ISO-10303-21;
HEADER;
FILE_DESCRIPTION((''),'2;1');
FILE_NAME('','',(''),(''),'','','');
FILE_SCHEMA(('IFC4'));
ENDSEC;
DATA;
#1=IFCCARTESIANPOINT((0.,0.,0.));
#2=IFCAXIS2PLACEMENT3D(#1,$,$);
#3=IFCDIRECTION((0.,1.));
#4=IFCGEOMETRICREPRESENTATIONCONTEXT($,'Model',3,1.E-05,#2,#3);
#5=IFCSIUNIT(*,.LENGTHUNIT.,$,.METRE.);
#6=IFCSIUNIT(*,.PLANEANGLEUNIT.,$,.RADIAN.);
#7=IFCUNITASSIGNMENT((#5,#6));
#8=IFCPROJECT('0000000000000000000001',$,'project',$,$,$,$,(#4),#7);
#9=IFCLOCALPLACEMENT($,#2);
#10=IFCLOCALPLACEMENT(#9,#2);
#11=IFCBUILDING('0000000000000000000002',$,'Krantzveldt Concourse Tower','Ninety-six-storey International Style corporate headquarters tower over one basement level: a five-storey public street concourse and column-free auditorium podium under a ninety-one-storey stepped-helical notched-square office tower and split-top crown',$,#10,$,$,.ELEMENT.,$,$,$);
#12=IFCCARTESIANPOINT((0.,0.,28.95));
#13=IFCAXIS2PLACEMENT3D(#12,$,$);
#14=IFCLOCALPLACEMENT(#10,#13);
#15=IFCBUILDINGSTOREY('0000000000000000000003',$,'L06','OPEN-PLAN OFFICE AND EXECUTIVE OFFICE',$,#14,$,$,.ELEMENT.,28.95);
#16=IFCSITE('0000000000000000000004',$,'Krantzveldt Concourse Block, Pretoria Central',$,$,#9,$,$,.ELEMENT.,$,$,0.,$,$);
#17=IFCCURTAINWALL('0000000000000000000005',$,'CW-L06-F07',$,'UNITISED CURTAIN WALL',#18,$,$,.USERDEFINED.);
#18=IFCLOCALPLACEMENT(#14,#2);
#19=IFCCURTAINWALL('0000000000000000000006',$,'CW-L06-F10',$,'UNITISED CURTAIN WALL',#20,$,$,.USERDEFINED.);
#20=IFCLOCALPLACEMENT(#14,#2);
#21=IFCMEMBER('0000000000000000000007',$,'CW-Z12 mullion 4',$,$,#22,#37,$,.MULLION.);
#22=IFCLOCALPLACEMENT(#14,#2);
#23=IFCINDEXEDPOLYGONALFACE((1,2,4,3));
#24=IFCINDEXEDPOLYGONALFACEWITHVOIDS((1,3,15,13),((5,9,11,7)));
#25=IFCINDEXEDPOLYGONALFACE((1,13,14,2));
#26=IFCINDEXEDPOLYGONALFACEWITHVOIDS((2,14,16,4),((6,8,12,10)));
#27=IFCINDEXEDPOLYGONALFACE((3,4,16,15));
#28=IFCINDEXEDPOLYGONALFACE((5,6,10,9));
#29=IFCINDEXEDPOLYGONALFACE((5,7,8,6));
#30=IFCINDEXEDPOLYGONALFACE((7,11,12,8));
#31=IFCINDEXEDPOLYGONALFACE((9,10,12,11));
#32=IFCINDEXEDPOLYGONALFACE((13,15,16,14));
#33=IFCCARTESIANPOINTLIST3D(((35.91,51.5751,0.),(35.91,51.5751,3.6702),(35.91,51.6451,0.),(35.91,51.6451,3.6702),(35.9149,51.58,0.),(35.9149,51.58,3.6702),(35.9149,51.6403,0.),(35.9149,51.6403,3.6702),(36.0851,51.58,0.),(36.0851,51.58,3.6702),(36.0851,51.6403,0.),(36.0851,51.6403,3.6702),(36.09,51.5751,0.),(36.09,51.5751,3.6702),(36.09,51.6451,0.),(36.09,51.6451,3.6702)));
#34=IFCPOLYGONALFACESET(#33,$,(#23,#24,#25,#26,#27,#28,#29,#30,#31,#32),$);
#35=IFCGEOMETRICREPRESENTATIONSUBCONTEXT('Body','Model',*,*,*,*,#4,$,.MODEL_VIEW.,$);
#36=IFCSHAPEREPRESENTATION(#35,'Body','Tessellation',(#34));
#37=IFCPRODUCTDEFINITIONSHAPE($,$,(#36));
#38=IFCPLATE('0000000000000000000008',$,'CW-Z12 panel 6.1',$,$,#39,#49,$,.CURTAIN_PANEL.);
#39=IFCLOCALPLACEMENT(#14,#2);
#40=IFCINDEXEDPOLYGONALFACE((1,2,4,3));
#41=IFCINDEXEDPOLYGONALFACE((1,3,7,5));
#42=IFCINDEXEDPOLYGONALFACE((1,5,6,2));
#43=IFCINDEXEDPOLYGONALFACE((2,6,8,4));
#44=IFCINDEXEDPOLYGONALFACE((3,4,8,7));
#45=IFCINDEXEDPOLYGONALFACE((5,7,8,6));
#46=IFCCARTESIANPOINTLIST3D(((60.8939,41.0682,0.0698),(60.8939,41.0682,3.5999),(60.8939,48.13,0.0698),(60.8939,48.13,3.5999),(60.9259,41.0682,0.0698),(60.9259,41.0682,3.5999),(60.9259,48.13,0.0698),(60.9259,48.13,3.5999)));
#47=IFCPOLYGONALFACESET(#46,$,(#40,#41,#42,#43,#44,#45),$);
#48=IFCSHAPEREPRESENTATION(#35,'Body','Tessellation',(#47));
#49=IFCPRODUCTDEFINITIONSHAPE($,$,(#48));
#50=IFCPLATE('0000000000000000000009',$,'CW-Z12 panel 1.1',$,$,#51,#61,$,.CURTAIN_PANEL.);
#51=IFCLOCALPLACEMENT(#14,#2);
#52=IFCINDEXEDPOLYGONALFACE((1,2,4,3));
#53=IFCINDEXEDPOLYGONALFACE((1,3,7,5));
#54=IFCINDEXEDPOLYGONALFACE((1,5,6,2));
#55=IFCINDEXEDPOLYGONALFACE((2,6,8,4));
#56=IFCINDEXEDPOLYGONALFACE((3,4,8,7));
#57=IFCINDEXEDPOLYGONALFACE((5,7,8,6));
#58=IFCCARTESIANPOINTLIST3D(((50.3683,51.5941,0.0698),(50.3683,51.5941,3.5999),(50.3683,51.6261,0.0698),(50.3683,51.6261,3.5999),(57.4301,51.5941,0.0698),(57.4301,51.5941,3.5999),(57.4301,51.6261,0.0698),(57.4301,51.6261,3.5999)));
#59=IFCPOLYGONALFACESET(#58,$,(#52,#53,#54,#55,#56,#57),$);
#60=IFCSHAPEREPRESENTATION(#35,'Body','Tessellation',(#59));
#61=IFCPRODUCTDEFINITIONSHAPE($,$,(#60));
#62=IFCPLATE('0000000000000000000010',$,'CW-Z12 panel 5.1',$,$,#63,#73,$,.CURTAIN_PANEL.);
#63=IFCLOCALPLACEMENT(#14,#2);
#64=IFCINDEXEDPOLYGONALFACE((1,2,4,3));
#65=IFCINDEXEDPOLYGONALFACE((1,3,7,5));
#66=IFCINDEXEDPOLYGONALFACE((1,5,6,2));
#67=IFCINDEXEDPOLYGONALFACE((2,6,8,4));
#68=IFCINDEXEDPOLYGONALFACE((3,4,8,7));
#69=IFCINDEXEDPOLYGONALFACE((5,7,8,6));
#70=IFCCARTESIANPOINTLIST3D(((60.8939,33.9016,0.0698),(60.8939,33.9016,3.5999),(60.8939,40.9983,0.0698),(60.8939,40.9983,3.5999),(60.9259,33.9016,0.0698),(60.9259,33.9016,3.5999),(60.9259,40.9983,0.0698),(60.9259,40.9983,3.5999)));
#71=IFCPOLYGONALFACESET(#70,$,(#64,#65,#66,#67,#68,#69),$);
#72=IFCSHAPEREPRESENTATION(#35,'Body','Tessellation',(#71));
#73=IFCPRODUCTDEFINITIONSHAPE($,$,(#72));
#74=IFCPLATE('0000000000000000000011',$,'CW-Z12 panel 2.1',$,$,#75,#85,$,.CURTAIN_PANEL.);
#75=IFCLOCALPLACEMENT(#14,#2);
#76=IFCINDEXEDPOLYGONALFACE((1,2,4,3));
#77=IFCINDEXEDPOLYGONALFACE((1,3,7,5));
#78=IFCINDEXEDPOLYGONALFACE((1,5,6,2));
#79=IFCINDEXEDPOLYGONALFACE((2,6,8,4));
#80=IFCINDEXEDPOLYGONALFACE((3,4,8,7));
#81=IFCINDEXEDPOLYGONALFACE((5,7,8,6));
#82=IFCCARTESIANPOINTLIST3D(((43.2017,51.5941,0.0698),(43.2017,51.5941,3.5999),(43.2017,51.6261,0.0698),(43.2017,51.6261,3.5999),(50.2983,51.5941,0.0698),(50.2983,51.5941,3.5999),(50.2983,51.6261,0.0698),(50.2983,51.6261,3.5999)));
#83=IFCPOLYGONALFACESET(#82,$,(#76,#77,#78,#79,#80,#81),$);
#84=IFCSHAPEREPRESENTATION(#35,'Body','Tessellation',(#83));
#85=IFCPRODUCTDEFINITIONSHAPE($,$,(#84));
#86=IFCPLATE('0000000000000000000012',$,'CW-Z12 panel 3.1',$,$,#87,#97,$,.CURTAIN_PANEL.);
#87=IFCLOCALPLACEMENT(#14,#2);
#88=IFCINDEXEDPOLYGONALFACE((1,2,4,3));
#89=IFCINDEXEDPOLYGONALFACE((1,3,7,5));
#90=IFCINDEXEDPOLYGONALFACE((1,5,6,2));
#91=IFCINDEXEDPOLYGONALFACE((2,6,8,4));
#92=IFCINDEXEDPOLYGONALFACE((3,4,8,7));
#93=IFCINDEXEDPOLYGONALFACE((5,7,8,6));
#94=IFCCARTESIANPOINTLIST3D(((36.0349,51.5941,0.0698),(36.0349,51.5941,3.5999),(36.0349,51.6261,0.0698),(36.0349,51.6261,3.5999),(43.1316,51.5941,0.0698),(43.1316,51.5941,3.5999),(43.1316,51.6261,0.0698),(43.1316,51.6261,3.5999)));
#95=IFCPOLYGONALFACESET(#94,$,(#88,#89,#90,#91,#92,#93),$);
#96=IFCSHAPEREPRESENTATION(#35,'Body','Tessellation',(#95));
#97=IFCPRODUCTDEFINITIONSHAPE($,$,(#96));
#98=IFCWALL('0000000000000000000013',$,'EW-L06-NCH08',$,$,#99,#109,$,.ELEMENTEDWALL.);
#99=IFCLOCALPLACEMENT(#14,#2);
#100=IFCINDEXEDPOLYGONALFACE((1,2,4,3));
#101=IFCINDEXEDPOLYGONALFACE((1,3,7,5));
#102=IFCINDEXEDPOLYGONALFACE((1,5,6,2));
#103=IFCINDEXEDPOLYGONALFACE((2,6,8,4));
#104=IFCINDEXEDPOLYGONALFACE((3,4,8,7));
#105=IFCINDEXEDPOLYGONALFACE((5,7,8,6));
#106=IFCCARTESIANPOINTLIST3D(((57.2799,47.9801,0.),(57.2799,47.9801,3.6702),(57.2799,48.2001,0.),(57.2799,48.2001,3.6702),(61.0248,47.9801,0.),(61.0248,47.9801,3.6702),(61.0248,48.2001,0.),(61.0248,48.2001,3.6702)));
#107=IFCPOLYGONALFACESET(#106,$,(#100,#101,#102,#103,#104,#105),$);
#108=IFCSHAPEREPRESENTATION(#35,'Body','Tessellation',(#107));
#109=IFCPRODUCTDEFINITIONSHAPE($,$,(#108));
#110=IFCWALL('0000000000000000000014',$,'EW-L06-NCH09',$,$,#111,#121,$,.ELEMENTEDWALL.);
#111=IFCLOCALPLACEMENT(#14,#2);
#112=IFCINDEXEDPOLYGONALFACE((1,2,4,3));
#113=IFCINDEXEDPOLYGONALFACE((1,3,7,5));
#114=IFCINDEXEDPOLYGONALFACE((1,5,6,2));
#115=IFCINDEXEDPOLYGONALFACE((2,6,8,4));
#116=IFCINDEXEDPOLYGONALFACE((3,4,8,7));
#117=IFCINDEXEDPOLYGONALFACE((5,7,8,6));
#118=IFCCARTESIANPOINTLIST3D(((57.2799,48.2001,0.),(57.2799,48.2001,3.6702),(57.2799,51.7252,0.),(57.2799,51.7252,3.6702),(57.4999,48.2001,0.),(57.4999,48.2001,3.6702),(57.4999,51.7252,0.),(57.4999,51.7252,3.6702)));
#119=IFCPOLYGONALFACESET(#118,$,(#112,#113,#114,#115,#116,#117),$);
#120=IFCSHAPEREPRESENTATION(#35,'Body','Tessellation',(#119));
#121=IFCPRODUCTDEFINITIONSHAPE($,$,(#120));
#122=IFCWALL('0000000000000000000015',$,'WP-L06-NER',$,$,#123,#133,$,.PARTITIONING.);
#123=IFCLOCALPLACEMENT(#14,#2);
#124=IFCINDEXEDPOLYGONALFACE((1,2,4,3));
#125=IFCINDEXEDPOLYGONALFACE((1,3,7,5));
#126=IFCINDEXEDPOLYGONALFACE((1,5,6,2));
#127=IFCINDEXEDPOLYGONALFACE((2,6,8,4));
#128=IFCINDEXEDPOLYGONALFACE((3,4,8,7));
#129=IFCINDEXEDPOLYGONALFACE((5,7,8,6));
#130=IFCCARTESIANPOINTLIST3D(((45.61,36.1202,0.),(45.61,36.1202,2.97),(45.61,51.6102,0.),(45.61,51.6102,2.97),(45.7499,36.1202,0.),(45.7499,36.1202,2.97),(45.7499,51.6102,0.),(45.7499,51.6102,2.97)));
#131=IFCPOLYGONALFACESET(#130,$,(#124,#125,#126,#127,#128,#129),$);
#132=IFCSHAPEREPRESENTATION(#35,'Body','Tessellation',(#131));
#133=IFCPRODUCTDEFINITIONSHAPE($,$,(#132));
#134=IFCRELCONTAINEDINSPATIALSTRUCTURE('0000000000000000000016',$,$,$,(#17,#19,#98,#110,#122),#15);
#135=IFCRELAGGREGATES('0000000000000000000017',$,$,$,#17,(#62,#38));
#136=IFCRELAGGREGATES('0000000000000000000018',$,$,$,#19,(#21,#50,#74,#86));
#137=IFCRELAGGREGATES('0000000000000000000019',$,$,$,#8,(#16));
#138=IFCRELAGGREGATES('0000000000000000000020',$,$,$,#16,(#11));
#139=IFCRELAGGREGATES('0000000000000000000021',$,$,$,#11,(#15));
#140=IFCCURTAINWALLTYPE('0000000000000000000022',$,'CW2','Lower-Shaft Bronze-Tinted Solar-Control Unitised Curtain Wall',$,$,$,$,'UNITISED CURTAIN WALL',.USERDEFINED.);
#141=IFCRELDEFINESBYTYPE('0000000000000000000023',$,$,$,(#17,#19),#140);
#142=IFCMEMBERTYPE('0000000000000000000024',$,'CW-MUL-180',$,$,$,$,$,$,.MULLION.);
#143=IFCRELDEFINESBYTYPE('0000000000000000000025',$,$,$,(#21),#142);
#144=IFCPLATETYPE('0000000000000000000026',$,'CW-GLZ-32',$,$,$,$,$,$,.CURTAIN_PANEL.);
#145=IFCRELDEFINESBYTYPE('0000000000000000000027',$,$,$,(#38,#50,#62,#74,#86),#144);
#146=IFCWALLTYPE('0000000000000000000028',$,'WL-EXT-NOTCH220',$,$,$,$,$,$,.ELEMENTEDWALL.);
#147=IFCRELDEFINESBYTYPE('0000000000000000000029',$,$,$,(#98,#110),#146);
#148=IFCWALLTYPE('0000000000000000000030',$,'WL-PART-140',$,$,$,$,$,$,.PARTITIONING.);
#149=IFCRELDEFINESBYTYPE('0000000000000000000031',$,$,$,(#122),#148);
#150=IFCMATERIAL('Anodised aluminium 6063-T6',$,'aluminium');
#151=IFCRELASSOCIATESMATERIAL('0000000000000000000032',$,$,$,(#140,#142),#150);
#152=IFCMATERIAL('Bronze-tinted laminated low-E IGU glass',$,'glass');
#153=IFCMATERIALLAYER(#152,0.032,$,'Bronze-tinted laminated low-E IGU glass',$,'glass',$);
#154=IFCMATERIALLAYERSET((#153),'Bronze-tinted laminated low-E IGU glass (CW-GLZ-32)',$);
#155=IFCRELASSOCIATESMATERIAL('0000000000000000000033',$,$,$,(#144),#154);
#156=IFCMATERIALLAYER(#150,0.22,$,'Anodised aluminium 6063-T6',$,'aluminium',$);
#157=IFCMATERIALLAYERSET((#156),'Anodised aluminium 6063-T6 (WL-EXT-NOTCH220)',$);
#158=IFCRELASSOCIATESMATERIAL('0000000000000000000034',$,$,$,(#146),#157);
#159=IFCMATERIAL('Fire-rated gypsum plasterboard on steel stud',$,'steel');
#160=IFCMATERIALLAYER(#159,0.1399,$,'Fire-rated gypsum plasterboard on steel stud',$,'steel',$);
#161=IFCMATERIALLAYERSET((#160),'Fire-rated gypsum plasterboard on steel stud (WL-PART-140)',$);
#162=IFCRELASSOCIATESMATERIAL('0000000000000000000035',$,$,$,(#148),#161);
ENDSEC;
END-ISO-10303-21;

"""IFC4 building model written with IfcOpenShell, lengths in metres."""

from ifc_helpers import new_model, si_unit, direction, frame, frame_2d, origin, origin_2d, place, context, subcontext, project, spatial, rectangle, hollow_rectangle, extrude, source, transform, mapped, material, layer, layer_set, material_profile, profile_set, type_object, type_shapes, element, aggregate, save


model = new_model("IFC4")

# Units and contexts
model_context = context("Model", 3, precision=1e-05, world=origin(), true_north=direction((0.0, 1.0)))
body_context = subcontext(model_context, "Body", "Model", "MODEL_VIEW")
ifc_project = project(units=[si_unit("LENGTHUNIT", "METRE"), si_unit("PLANEANGLEUNIT", "RADIAN")], contexts=[model_context])

# Site, building, storey
site_placement = place(None, origin())
site = spatial("IfcSite", under=ifc_project, at=site_placement, Name="Krantzveldt Concourse Block, Pretoria Central", CompositionType="ELEMENT", RefElevation=0.0)
building_placement = place(site_placement, origin())
building = spatial("IfcBuilding", under=site, at=building_placement, Name="Krantzveldt Concourse Tower", Description="Ninety-six-storey International Style corporate headquarters tower over one basement level: a five-storey public street concourse and column-free auditorium podium under a ninety-one-storey stepped-helical notched-square office tower and split-top crown", CompositionType="ELEMENT")
storey_placement = place(building_placement, frame((0.0, 0.0, 28.95)))
storey = spatial("IfcBuildingStorey", under=building, at=storey_placement, Name="L06", Description="OPEN-PLAN OFFICE AND EXECUTIVE OFFICE", CompositionType="ELEMENT", Elevation=28.95)

# Curtain walls
ifc_material_1 = material(Name="Anodised aluminium 6063-T6", Category="aluminium")
curtain_wall_type = type_object("IfcCurtainWallType", Name="CW2", Description="Lower-Shaft Bronze-Tinted Solar-Control Unitised Curtain Wall", ElementType="UNITISED CURTAIN WALL", PredefinedType="USERDEFINED", material=ifc_material_1)
curtain_wall_1_placement = place(storey_placement, origin())
curtain_wall_1 = element("IfcCurtainWall", 1, at=curtain_wall_1_placement, inside=storey, type_object=curtain_wall_type, Name="CW-L06-F07", ObjectType="UNITISED CURTAIN WALL", PredefinedType="USERDEFINED")
curtain_wall_2_placement = place(storey_placement, origin())
curtain_wall_2 = element("IfcCurtainWall", 2, at=curtain_wall_2_placement, inside=storey, type_object=curtain_wall_type, Name="CW-L06-F10", ObjectType="UNITISED CURTAIN WALL", PredefinedType="USERDEFINED")

# Member
ifc_material_profile_1 = material_profile(ifc_material_1, hollow_rectangle(XDim=0.0701, YDim=0.1799, WallThickness=0.0049, at=origin_2d()), Name="Anodised aluminium 6063-T6", Category="aluminium")
ifc_profile_set_1 = profile_set([ifc_material_profile_1], Name="Anodised aluminium 6063-T6 - ALU-MULL 180x70x5")
member_type_1 = type_object("IfcMemberType", Name="CW-MUL-180", PredefinedType="MULLION", material=ifc_profile_set_1)
shared_shape_1 = source(origin(), body_context, "Body", "SweptSolid", [
    extrude(hollow_rectangle(XDim=0.0701, YDim=0.1799, WallThickness=0.0049, at=origin_2d()), origin(), (0.0, 0.0, 1.0), 3.6702),
])
type_shapes(member_type_1, [shared_shape_1])
member_1_placement = place(storey_placement, frame((36.0, 51.6101, 0.0), z_axis=(0.0, 0.0, 1.0), x_axis=(0.0, -1.0, 0.0)))
member_1 = element("IfcMember", 3, at=member_1_placement, type_object=member_type_1, Name="CW-Z12 mullion 4", PredefinedType="MULLION", context=body_context, shape_type="MappedRepresentation", body=[
    mapped(shared_shape_1, transform((0.0, 0.0, 0.0), x_axis=(1.0, 0.0, 0.0), y_axis=(0.0, 1.0, 0.0), z_axis=(0.0, 0.0, 1.0), scale=1.0)),
])

# Plates
ifc_material_2 = material(Name="Bronze-tinted laminated low-E IGU glass", Category="glass")
ifc_layer_1 = layer(ifc_material_2, 0.032, Name="Bronze-tinted laminated low-E IGU glass", Category="glass")
ifc_layer_set_1 = layer_set([ifc_layer_1], Name="Bronze-tinted laminated low-E IGU glass (CW-GLZ-32)")
plate_type = type_object("IfcPlateType", Name="CW-GLZ-32", PredefinedType="CURTAIN_PANEL", material=ifc_layer_set_1)
shared_shape_2 = source(origin(), body_context, "Body", "SweptSolid", [
    extrude(rectangle(XDim=7.0618, YDim=0.032, at=origin_2d()), origin(), (0.0, 0.0, 1.0), 3.53),
])
plate_1_placement = place(storey_placement, frame((60.9099, 44.5991, 0.0698), z_axis=(0.0, 0.0, 1.0), x_axis=(0.0, 1.0, 0.0)))
plate_1 = element("IfcPlate", 4, at=plate_1_placement, type_object=plate_type, Name="CW-Z12 panel 6.1", PredefinedType="CURTAIN_PANEL", context=body_context, shape_type="MappedRepresentation", body=[
    mapped(shared_shape_2, transform((0.0, 0.0, 0.0), x_axis=(1.0, 0.0, 0.0), y_axis=(0.0, 1.0, 0.0), z_axis=(0.0, 0.0, 1.0), scale=1.0)),
])
plate_2_placement = place(storey_placement, frame((53.8992, 51.6101, 0.0698), z_axis=(0.0, 0.0, 1.0), x_axis=(-1.0, 0.0, 0.0)))
plate_2 = element("IfcPlate", 5, at=plate_2_placement, type_object=plate_type, Name="CW-Z12 panel 1.1", PredefinedType="CURTAIN_PANEL", context=body_context, shape_type="MappedRepresentation", body=[
    mapped(shared_shape_2, transform((0.0, 0.0, 0.0), x_axis=(1.0, 0.0, 0.0), y_axis=(0.0, 1.0, 0.0), z_axis=(0.0, 0.0, 1.0), scale=1.0)),
])
shared_shape_3 = source(origin(), body_context, "Body", "SweptSolid", [
    extrude(rectangle(XDim=7.0967, YDim=0.032, at=origin_2d()), origin(), (0.0, 0.0, 1.0), 3.53),
])
type_shapes(plate_type, [shared_shape_2, shared_shape_3])
plate_3_placement = place(storey_placement, frame((60.9099, 37.45, 0.0698), z_axis=(0.0, 0.0, 1.0), x_axis=(0.0, 1.0, 0.0)))
plate_3 = element("IfcPlate", 6, at=plate_3_placement, type_object=plate_type, Name="CW-Z12 panel 5.1", PredefinedType="CURTAIN_PANEL", context=body_context, shape_type="MappedRepresentation", body=[
    mapped(shared_shape_3, transform((0.0, 0.0, 0.0), x_axis=(1.0, 0.0, 0.0), y_axis=(0.0, 1.0, 0.0), z_axis=(0.0, 0.0, 1.0), scale=1.0)),
])
aggregate(curtain_wall_1, [plate_3, plate_1])
plate_4_placement = place(storey_placement, frame((46.75, 51.6101, 0.0698), z_axis=(0.0, 0.0, 1.0), x_axis=(-1.0, 0.0, 0.0)))
plate_4 = element("IfcPlate", 7, at=plate_4_placement, type_object=plate_type, Name="CW-Z12 panel 2.1", PredefinedType="CURTAIN_PANEL", context=body_context, shape_type="MappedRepresentation", body=[
    mapped(shared_shape_3, transform((0.0, 0.0, 0.0), x_axis=(1.0, 0.0, 0.0), y_axis=(0.0, 1.0, 0.0), z_axis=(0.0, 0.0, 1.0), scale=1.0)),
])
plate_5_placement = place(storey_placement, frame((39.5833, 51.6101, 0.0698), z_axis=(0.0, 0.0, 1.0), x_axis=(-1.0, 0.0, 0.0)))
plate_5 = element("IfcPlate", 8, at=plate_5_placement, type_object=plate_type, Name="CW-Z12 panel 3.1", PredefinedType="CURTAIN_PANEL", context=body_context, shape_type="MappedRepresentation", body=[
    mapped(shared_shape_3, transform((0.0, 0.0, 0.0), x_axis=(1.0, 0.0, 0.0), y_axis=(0.0, 1.0, 0.0), z_axis=(0.0, 0.0, 1.0), scale=1.0)),
])
aggregate(curtain_wall_2, [member_1, plate_2, plate_4, plate_5])

# Walls
ifc_layer_2 = layer(ifc_material_1, 0.22, Name="Anodised aluminium 6063-T6", Category="aluminium")
ifc_layer_set_2 = layer_set([ifc_layer_2], Name="Anodised aluminium 6063-T6 (WL-EXT-NOTCH220)")
wall_type_1 = type_object("IfcWallType", Name="WL-EXT-NOTCH220", PredefinedType="ELEMENTEDWALL", material=ifc_layer_set_2)
wall_1_placement = place(storey_placement, frame((61.0249, 48.0901, 0.0), z_axis=(0.0, 0.0, 1.0), x_axis=(-1.0, 0.0, 0.0)))
element("IfcWall", 9, at=wall_1_placement, inside=storey, type_object=wall_type_1, Name="EW-L06-NCH08", PredefinedType="ELEMENTEDWALL", context=body_context, shape_type="SweptSolid", body=[
    extrude(rectangle(XDim=3.7449, YDim=0.22, at=frame_2d((1.8726, 0.0))), origin(), (0.0, 0.0, 1.0), 3.6702),
])
wall_2_placement = place(storey_placement, frame((57.3899, 48.2, 0.0), z_axis=(0.0, 0.0, 1.0), x_axis=(0.0, 1.0, 0.0)))
element("IfcWall", 10, at=wall_2_placement, inside=storey, type_object=wall_type_1, Name="EW-L06-NCH09", PredefinedType="ELEMENTEDWALL", context=body_context, shape_type="SweptSolid", body=[
    extrude(rectangle(XDim=3.5251, YDim=0.22, at=frame_2d((1.7627, 0.0))), origin(), (0.0, 0.0, 1.0), 3.6702),
])
ifc_material_3 = material(Name="Fire-rated gypsum plasterboard on steel stud", Category="steel")
ifc_layer_3 = layer(ifc_material_3, 0.1399, Name="Fire-rated gypsum plasterboard on steel stud", Category="steel")
ifc_layer_set_3 = layer_set([ifc_layer_3], Name="Fire-rated gypsum plasterboard on steel stud (WL-PART-140)")
wall_type_2 = type_object("IfcWallType", Name="WL-PART-140", PredefinedType="PARTITIONING", material=ifc_layer_set_3)
wall_3_placement = place(storey_placement, frame((45.6799, 36.1201, 0.0), z_axis=(0.0, 0.0, 1.0), x_axis=(0.0, 1.0, 0.0)))
element("IfcWall", 11, at=wall_3_placement, inside=storey, type_object=wall_type_2, Name="WP-L06-NER", PredefinedType="PARTITIONING", context=body_context, shape_type="SweptSolid", body=[
    extrude(rectangle(XDim=15.49, YDim=0.1399, at=frame_2d((7.7451, 0.0))), origin(), (0.0, 0.0, 1.0), 2.97),
])

save(model, "model.ifc")
